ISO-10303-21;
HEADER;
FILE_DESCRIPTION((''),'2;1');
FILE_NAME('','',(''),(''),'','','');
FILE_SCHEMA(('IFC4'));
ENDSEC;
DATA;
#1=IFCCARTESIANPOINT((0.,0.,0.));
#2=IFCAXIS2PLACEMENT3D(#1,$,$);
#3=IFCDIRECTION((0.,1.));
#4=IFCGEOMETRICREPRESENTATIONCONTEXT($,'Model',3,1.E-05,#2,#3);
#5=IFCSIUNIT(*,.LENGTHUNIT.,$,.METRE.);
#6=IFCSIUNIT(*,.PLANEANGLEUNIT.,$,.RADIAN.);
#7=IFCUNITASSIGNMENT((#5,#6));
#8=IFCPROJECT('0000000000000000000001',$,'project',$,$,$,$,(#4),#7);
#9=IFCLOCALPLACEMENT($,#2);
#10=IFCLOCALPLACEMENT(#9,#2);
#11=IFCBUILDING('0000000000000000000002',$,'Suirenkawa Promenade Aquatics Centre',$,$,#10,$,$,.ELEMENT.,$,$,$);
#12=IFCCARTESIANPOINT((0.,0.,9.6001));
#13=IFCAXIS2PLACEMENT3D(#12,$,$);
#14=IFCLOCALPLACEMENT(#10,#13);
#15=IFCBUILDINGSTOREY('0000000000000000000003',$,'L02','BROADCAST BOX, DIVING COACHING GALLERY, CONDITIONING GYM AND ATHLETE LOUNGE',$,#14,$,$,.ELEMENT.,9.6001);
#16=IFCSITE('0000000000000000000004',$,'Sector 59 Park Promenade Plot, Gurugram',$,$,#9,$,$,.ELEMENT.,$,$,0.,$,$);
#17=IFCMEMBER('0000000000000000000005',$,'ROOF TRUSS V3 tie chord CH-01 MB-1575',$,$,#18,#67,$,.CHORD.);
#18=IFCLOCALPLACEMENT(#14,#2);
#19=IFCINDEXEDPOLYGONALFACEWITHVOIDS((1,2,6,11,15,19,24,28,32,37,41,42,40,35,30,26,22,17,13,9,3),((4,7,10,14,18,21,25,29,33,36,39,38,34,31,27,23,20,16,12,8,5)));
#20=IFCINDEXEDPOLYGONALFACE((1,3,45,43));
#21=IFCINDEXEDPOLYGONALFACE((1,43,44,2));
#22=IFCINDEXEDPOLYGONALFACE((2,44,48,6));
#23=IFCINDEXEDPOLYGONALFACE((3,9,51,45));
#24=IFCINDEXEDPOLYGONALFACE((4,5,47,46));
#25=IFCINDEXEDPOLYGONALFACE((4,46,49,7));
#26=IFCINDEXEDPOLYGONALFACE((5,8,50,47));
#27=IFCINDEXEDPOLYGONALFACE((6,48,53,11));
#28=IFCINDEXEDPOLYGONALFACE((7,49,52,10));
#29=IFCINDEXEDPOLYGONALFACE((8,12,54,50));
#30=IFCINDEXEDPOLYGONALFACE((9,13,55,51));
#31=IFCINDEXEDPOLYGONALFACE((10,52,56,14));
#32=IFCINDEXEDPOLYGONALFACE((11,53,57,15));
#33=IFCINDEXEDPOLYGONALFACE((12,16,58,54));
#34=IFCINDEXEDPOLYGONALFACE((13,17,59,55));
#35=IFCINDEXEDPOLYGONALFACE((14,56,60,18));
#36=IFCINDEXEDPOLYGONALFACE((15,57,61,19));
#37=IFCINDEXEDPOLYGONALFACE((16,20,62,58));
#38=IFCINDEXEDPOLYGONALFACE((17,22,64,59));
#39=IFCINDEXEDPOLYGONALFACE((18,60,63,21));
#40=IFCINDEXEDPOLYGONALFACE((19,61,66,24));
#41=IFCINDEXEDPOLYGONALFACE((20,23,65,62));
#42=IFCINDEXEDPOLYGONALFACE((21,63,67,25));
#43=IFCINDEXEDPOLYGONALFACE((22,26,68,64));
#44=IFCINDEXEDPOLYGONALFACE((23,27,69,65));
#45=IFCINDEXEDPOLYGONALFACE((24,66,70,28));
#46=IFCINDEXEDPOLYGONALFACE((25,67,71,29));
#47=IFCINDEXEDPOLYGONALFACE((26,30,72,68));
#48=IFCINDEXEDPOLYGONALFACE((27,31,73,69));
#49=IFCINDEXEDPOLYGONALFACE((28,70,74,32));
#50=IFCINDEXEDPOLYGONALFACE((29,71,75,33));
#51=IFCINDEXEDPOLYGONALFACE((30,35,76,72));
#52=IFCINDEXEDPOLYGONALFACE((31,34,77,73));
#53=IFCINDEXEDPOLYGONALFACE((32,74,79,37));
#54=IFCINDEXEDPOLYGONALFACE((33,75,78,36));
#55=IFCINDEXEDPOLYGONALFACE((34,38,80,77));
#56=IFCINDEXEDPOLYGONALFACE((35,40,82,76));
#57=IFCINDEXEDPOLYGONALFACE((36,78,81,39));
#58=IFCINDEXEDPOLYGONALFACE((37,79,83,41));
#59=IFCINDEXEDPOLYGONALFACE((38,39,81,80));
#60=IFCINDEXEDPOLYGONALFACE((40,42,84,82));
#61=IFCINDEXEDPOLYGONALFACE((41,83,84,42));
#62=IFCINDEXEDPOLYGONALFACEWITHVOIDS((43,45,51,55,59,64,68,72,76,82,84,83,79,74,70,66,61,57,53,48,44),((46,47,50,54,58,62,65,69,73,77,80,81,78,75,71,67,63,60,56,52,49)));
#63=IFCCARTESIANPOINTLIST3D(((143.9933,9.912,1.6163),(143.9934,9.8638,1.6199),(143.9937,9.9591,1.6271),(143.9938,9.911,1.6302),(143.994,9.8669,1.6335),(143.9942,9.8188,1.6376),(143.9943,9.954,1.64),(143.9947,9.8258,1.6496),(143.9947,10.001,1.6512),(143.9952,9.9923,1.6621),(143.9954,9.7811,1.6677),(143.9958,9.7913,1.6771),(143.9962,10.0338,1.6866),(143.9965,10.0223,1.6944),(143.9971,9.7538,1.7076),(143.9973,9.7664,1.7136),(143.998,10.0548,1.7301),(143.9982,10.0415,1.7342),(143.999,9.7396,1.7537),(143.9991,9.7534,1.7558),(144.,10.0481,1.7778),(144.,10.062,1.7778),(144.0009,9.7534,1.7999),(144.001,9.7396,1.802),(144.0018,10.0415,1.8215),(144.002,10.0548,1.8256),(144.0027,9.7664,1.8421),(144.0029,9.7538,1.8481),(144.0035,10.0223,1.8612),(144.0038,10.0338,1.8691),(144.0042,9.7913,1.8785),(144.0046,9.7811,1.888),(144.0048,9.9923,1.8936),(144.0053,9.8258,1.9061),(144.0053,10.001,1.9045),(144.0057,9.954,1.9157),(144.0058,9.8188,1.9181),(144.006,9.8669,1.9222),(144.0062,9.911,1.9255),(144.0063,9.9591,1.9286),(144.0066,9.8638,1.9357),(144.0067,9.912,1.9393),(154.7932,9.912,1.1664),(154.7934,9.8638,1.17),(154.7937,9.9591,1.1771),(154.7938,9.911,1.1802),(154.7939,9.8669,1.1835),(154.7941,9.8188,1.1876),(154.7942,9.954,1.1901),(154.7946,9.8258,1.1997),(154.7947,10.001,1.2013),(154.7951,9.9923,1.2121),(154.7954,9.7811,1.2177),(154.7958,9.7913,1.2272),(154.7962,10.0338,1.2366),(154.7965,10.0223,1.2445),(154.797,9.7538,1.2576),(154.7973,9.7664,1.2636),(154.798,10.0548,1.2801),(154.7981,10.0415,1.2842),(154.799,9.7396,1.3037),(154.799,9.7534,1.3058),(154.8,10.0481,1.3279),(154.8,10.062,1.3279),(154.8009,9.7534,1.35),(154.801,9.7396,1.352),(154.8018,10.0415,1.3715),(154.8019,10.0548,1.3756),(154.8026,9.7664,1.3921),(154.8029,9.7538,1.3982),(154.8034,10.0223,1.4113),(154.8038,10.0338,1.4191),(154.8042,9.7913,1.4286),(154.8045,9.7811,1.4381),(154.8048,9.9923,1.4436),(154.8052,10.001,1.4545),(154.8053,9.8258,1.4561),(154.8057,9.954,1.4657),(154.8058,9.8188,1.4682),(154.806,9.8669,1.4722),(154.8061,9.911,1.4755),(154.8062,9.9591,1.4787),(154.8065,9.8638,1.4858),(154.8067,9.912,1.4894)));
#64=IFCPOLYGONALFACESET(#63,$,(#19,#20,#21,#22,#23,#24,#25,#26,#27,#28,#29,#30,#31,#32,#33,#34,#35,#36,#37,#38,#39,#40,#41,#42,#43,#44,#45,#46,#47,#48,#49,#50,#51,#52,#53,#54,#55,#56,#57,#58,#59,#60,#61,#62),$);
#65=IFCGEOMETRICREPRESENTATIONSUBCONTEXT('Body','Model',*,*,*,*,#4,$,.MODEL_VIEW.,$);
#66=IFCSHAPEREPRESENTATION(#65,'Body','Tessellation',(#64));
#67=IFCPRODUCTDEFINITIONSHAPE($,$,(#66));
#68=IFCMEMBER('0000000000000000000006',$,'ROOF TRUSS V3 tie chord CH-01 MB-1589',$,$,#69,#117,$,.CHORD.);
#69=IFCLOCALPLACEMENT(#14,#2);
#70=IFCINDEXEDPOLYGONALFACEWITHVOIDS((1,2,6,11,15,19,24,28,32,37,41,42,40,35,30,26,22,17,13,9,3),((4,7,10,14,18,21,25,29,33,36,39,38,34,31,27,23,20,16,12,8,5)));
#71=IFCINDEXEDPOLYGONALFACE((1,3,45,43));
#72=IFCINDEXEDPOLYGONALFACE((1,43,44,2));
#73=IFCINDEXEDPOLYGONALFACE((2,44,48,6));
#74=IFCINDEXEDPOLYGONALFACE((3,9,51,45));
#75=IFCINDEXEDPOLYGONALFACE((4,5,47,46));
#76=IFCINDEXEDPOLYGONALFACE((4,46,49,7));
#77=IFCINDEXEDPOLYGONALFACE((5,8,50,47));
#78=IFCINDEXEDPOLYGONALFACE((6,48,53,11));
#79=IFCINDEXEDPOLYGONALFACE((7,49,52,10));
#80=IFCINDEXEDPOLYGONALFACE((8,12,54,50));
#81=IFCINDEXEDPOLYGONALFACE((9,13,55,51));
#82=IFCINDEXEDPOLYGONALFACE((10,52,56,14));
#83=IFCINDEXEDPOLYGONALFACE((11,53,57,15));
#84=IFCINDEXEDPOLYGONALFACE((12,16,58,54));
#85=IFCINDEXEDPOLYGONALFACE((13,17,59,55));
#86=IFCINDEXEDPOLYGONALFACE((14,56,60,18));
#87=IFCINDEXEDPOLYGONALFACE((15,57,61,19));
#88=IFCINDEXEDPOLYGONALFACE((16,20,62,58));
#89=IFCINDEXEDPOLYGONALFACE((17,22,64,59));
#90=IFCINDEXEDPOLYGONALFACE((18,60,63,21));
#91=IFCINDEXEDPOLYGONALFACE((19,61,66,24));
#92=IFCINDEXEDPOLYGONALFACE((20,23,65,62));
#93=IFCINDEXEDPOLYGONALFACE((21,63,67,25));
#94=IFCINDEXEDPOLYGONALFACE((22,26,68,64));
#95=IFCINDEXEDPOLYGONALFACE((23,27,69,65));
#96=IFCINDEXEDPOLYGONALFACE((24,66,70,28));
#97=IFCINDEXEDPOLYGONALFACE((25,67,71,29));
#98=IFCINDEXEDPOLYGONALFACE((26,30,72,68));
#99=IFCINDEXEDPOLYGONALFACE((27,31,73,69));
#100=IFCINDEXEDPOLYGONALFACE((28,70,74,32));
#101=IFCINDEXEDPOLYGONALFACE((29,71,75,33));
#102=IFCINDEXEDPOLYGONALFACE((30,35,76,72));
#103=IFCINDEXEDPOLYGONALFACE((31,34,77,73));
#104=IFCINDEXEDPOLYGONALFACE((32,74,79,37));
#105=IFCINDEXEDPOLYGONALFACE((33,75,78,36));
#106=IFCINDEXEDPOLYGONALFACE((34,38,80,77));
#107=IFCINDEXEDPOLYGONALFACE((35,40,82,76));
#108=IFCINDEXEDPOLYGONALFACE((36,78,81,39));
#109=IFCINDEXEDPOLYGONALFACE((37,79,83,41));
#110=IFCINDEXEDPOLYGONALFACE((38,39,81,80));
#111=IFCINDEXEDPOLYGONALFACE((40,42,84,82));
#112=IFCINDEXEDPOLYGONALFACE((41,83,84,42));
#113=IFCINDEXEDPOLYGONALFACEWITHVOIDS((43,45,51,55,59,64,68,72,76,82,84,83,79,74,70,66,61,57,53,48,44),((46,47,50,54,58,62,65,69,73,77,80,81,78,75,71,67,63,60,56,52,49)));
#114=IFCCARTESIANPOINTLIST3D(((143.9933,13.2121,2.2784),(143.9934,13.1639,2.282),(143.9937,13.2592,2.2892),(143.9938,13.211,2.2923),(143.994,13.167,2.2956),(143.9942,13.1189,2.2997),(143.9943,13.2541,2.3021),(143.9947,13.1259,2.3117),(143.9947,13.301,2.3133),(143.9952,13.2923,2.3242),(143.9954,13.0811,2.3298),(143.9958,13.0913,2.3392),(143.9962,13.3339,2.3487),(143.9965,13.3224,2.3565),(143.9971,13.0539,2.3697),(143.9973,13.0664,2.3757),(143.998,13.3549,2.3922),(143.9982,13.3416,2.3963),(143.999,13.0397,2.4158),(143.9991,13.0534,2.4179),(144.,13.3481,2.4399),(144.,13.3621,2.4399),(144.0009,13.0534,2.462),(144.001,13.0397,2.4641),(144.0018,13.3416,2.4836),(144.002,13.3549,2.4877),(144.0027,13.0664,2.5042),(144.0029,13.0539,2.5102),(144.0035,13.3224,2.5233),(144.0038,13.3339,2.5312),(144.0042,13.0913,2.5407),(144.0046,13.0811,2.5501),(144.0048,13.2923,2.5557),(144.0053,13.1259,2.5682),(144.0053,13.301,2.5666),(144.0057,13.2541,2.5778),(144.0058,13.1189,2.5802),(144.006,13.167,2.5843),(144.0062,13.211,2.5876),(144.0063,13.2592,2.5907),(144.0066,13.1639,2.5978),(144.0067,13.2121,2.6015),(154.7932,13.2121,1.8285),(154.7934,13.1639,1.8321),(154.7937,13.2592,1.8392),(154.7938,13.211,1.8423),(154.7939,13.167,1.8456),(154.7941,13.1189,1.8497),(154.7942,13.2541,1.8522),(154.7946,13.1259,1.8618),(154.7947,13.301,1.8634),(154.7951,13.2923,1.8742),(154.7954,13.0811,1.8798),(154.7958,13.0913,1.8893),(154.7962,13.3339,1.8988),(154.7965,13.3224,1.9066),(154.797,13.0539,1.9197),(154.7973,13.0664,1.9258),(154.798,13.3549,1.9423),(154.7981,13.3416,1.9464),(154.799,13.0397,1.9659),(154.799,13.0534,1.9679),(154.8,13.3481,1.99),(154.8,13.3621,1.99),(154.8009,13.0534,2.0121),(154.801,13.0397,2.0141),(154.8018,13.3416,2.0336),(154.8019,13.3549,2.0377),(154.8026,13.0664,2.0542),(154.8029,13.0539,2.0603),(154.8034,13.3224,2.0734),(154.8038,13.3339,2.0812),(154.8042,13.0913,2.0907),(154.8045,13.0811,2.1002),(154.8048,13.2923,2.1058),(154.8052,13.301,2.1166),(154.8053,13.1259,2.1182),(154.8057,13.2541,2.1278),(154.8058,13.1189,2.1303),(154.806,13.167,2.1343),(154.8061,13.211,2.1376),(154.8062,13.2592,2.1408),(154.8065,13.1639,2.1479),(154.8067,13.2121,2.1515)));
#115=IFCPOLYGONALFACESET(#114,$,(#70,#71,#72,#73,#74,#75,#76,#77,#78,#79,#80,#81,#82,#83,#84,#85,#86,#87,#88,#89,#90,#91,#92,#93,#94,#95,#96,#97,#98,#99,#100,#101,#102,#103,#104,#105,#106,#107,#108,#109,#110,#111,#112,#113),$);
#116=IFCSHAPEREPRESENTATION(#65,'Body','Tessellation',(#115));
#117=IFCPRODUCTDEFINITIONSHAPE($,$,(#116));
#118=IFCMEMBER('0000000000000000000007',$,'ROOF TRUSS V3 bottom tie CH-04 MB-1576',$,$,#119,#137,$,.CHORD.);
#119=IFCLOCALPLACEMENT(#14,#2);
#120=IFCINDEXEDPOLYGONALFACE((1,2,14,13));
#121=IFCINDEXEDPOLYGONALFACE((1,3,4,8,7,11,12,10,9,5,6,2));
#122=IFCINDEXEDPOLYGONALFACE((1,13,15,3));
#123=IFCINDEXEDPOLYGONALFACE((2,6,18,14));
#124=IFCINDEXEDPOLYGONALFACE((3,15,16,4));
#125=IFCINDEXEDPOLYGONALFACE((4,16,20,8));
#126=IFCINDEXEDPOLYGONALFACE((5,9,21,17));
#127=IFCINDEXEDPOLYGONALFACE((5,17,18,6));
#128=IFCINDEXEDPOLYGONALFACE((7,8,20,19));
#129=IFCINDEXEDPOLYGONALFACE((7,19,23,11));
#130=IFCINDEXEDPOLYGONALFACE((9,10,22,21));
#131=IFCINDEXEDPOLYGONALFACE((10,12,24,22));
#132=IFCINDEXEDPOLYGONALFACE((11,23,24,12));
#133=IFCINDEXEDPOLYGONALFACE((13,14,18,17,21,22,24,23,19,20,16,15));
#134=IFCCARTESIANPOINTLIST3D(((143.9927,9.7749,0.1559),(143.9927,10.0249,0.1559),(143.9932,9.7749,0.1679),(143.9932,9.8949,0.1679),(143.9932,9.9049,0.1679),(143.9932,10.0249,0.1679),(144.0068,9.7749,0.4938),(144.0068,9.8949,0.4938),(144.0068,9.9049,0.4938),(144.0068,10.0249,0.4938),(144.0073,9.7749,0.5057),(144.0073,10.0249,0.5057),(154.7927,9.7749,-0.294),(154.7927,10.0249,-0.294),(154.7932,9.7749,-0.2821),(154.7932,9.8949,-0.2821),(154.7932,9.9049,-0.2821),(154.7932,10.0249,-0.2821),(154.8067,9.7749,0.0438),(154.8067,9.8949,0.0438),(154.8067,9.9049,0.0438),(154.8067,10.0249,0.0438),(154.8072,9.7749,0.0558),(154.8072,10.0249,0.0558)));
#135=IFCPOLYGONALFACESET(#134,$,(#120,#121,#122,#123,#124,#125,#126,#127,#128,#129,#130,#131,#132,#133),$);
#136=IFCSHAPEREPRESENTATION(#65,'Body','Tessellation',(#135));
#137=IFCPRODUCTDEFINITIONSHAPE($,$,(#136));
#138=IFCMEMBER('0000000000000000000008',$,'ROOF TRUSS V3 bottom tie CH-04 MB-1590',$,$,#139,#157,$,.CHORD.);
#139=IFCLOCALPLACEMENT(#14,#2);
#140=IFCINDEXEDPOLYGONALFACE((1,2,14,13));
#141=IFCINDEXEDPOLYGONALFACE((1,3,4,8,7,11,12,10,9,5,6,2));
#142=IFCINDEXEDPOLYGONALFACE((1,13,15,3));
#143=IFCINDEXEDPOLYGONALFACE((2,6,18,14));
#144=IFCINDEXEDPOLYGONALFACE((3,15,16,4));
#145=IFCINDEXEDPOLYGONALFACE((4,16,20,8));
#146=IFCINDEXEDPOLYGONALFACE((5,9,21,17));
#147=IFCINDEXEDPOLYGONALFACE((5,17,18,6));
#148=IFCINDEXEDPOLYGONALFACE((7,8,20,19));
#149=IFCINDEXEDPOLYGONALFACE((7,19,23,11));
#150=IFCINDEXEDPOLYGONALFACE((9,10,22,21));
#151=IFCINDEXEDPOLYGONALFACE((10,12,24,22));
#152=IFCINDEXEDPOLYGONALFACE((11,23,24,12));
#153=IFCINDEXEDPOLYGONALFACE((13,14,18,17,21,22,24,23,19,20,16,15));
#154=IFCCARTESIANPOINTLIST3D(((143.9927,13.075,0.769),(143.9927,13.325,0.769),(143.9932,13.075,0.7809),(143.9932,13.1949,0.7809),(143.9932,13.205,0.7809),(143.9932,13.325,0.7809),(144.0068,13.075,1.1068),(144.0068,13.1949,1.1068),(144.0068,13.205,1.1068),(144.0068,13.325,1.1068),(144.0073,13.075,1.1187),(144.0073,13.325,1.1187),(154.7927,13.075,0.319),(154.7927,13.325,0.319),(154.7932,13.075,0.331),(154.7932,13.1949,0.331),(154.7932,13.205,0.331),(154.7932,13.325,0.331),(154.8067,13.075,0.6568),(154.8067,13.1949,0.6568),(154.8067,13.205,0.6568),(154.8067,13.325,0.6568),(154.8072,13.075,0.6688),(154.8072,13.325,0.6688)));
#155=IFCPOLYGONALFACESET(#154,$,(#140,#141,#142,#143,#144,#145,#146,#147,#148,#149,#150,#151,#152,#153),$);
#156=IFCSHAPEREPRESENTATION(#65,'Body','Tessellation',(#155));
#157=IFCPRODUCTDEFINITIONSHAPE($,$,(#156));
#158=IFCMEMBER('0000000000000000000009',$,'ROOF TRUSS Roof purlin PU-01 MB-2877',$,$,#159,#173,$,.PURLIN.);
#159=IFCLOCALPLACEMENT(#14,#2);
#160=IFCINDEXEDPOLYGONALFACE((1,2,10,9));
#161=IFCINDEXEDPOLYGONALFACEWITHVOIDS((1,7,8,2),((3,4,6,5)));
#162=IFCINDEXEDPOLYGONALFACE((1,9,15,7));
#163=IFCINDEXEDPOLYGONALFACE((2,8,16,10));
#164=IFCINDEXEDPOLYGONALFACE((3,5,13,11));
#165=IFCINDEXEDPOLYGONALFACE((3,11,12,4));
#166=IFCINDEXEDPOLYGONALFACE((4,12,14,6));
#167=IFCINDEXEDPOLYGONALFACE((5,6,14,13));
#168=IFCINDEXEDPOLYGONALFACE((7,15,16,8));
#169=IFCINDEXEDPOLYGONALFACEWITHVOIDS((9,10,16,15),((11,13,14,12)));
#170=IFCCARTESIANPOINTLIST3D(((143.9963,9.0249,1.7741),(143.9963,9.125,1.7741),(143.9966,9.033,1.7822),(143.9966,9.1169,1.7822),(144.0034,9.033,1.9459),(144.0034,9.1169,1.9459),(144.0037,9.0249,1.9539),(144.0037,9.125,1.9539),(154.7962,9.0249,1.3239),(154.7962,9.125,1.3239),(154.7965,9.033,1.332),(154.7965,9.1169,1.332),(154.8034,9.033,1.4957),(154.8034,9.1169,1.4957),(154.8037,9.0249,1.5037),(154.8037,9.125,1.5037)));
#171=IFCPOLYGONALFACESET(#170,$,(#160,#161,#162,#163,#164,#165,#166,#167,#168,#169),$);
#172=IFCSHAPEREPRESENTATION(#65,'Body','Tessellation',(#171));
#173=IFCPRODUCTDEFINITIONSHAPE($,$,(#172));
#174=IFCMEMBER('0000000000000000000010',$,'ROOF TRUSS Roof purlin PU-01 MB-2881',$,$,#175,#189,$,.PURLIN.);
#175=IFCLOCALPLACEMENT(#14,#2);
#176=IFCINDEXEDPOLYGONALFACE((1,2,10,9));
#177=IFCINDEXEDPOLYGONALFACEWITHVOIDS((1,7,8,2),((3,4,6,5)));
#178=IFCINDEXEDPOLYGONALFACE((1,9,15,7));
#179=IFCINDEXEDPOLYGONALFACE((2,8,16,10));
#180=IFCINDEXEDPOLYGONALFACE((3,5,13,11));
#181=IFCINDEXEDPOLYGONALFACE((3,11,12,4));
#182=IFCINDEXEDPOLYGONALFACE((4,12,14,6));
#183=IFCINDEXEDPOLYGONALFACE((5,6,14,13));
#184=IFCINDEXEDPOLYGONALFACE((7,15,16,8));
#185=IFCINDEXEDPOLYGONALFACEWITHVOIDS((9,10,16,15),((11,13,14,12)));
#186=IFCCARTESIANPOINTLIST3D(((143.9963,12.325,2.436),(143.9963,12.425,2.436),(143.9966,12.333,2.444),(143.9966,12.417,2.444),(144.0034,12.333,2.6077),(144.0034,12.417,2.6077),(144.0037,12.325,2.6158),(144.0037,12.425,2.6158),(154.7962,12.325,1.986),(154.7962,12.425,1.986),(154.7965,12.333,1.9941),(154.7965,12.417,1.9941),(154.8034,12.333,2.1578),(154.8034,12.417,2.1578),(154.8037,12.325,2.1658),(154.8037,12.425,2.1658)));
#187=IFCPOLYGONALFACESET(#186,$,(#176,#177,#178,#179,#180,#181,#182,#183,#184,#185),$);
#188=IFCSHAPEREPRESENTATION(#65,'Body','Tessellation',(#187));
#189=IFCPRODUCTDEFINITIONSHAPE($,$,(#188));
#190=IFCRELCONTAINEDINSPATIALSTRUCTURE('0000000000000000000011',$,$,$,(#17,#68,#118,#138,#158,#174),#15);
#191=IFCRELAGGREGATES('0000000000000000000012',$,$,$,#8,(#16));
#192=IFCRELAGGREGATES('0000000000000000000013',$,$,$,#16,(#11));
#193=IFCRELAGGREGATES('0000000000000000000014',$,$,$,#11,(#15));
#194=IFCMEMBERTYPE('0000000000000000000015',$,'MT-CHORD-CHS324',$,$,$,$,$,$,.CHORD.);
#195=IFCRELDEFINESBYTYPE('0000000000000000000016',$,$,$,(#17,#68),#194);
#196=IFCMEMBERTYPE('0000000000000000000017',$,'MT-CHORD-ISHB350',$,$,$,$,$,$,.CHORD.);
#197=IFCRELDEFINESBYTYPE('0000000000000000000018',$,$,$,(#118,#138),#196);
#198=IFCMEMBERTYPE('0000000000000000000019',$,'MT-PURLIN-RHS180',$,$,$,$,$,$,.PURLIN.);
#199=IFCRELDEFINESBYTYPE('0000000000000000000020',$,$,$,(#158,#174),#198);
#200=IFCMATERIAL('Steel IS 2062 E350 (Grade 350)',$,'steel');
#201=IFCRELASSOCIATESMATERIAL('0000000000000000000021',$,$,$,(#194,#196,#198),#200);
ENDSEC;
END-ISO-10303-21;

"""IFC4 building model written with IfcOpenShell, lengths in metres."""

from ifc_helpers import new_model, si_unit, direction, frame, origin, origin_2d, place, context, subcontext, project, spatial, hollow_rectangle, hollow_circle, i_section, extrude, material, material_profile, profile_set, type_object, element, save


model = new_model("IFC4")

# Units and contexts
model_context = context("Model", 3, precision=1e-05, world=origin(), true_north=direction((0.0, 1.0)))
body_context = subcontext(model_context, "Body", "Model", "MODEL_VIEW")
ifc_project = project(units=[si_unit("LENGTHUNIT", "METRE"), si_unit("PLANEANGLEUNIT", "RADIAN")], contexts=[model_context])

# Site, building, storey
site_placement = place(None, origin())
site = spatial("IfcSite", under=ifc_project, at=site_placement, Name="Sector 59 Park Promenade Plot, Gurugram", CompositionType="ELEMENT", RefElevation=0.0)
building_placement = place(site_placement, origin())
building = spatial("IfcBuilding", under=site, at=building_placement, Name="Suirenkawa Promenade Aquatics Centre", CompositionType="ELEMENT")
storey_placement = place(building_placement, frame((0.0, 0.0, 9.6001)))
storey = spatial("IfcBuildingStorey", under=building, at=storey_placement, Name="L02", Description="BROADCAST BOX, DIVING COACHING GALLERY, CONDITIONING GYM AND ATHLETE LOUNGE", CompositionType="ELEMENT", Elevation=9.6001)

# Shared definitions
ifc_material_1 = material(Name="Steel IS 2062 E350 (Grade 350)", Category="steel")

# Members
ifc_material_profile_1 = material_profile(ifc_material_1, hollow_circle(Radius=0.1621, WallThickness=0.0139, at=origin_2d()), Name="CHS 324x14", Category="steel")
ifc_profile_set_1 = profile_set([ifc_material_profile_1], Name="Steel IS 2062 E350 (Grade 350)")
member_type_1 = type_object("IfcMemberType", Name="MT-CHORD-CHS324", PredefinedType="CHORD", material=ifc_profile_set_1)
for number, where, z_axis, x_axis, name in (
    (1, (144.0, 9.8999, 1.7778), (0.999133, 0.0, -0.041626), (0.0, 1.0, 0.0), "ROOF TRUSS V3 tie chord CH-01 MB-1575"),
    (2, (144.0, 13.2, 2.4399), (0.999133, 0.0, -0.041626), (0.0, 1.0, 0.0), "ROOF TRUSS V3 tie chord CH-01 MB-1589"),
):
    element("IfcMember", number, at=place(storey_placement, frame(where, z_axis=z_axis, x_axis=x_axis)), inside=storey, type_object=member_type_1, Name=name, PredefinedType="CHORD", context=body_context, shape_type="SweptSolid", body=[
        extrude(hollow_circle(Radius=0.1621, WallThickness=0.0139, at=origin_2d()), origin(), (0.0, 0.0, 1.0), 10.8093),
    ])
ifc_material_profile_2 = material_profile(ifc_material_1, i_section(OverallWidth=0.25, OverallDepth=0.3501, WebThickness=0.01, FlangeThickness=0.012, at=origin_2d()), Name="ISHB 350", Category="steel")
ifc_profile_set_2 = profile_set([ifc_material_profile_2], Name="Steel IS 2062 E350 (Grade 350)")
member_type_2 = type_object("IfcMemberType", Name="MT-CHORD-ISHB350", PredefinedType="CHORD", material=ifc_profile_set_2)
for number, where, z_axis, x_axis, name in (
    (3, (144.0, 9.8999, 0.3308), (0.999133, 0.0, -0.041626), (0.0, 1.0, 0.0), "ROOF TRUSS V3 bottom tie CH-04 MB-1576"),
    (4, (144.0, 13.2, 0.9438), (0.999133, 0.0, -0.041626), (0.0, 1.0, 0.0), "ROOF TRUSS V3 bottom tie CH-04 MB-1590"),
):
    element("IfcMember", number, at=place(storey_placement, frame(where, z_axis=z_axis, x_axis=x_axis)), inside=storey, type_object=member_type_2, Name=name, PredefinedType="CHORD", context=body_context, shape_type="SweptSolid", body=[
        extrude(i_section(OverallWidth=0.25, OverallDepth=0.3501, WebThickness=0.01, FlangeThickness=0.012, at=origin_2d()), origin(), (0.0, 0.0, 1.0), 10.8093),
    ])
ifc_material_profile_3 = material_profile(ifc_material_1, hollow_rectangle(XDim=0.1001, YDim=0.1799, WallThickness=0.0081, at=origin_2d()), Name="RHS 180x100x8", Category="steel")
ifc_profile_set_3 = profile_set([ifc_material_profile_3], Name="Steel IS 2062 E350 (Grade 350)")
member_type_3 = type_object("IfcMemberType", Name="MT-PURLIN-RHS180", PredefinedType="PURLIN", material=ifc_profile_set_3)
for number, where, z_axis, x_axis, name in (
    (5, (144.0, 9.075, 1.864), (0.999132, 0.0, -0.041648), (0.0, 1.0, 0.0), "ROOF TRUSS Roof purlin PU-01 MB-2877"),
    (6, (144.0, 12.375, 2.5259), (0.999133, 0.0, -0.041626), (0.0, 1.0, 0.0), "ROOF TRUSS Roof purlin PU-01 MB-2881"),
):
    element("IfcMember", number, at=place(storey_placement, frame(where, z_axis=z_axis, x_axis=x_axis)), inside=storey, type_object=member_type_3, Name=name, PredefinedType="PURLIN", context=body_context, shape_type="SweptSolid", body=[
        extrude(hollow_rectangle(XDim=0.1001, YDim=0.1799, WallThickness=0.0081, at=origin_2d()), origin(), (0.0, 0.0, 1.0), 10.8093),
    ])

save(model, "model.ifc")
